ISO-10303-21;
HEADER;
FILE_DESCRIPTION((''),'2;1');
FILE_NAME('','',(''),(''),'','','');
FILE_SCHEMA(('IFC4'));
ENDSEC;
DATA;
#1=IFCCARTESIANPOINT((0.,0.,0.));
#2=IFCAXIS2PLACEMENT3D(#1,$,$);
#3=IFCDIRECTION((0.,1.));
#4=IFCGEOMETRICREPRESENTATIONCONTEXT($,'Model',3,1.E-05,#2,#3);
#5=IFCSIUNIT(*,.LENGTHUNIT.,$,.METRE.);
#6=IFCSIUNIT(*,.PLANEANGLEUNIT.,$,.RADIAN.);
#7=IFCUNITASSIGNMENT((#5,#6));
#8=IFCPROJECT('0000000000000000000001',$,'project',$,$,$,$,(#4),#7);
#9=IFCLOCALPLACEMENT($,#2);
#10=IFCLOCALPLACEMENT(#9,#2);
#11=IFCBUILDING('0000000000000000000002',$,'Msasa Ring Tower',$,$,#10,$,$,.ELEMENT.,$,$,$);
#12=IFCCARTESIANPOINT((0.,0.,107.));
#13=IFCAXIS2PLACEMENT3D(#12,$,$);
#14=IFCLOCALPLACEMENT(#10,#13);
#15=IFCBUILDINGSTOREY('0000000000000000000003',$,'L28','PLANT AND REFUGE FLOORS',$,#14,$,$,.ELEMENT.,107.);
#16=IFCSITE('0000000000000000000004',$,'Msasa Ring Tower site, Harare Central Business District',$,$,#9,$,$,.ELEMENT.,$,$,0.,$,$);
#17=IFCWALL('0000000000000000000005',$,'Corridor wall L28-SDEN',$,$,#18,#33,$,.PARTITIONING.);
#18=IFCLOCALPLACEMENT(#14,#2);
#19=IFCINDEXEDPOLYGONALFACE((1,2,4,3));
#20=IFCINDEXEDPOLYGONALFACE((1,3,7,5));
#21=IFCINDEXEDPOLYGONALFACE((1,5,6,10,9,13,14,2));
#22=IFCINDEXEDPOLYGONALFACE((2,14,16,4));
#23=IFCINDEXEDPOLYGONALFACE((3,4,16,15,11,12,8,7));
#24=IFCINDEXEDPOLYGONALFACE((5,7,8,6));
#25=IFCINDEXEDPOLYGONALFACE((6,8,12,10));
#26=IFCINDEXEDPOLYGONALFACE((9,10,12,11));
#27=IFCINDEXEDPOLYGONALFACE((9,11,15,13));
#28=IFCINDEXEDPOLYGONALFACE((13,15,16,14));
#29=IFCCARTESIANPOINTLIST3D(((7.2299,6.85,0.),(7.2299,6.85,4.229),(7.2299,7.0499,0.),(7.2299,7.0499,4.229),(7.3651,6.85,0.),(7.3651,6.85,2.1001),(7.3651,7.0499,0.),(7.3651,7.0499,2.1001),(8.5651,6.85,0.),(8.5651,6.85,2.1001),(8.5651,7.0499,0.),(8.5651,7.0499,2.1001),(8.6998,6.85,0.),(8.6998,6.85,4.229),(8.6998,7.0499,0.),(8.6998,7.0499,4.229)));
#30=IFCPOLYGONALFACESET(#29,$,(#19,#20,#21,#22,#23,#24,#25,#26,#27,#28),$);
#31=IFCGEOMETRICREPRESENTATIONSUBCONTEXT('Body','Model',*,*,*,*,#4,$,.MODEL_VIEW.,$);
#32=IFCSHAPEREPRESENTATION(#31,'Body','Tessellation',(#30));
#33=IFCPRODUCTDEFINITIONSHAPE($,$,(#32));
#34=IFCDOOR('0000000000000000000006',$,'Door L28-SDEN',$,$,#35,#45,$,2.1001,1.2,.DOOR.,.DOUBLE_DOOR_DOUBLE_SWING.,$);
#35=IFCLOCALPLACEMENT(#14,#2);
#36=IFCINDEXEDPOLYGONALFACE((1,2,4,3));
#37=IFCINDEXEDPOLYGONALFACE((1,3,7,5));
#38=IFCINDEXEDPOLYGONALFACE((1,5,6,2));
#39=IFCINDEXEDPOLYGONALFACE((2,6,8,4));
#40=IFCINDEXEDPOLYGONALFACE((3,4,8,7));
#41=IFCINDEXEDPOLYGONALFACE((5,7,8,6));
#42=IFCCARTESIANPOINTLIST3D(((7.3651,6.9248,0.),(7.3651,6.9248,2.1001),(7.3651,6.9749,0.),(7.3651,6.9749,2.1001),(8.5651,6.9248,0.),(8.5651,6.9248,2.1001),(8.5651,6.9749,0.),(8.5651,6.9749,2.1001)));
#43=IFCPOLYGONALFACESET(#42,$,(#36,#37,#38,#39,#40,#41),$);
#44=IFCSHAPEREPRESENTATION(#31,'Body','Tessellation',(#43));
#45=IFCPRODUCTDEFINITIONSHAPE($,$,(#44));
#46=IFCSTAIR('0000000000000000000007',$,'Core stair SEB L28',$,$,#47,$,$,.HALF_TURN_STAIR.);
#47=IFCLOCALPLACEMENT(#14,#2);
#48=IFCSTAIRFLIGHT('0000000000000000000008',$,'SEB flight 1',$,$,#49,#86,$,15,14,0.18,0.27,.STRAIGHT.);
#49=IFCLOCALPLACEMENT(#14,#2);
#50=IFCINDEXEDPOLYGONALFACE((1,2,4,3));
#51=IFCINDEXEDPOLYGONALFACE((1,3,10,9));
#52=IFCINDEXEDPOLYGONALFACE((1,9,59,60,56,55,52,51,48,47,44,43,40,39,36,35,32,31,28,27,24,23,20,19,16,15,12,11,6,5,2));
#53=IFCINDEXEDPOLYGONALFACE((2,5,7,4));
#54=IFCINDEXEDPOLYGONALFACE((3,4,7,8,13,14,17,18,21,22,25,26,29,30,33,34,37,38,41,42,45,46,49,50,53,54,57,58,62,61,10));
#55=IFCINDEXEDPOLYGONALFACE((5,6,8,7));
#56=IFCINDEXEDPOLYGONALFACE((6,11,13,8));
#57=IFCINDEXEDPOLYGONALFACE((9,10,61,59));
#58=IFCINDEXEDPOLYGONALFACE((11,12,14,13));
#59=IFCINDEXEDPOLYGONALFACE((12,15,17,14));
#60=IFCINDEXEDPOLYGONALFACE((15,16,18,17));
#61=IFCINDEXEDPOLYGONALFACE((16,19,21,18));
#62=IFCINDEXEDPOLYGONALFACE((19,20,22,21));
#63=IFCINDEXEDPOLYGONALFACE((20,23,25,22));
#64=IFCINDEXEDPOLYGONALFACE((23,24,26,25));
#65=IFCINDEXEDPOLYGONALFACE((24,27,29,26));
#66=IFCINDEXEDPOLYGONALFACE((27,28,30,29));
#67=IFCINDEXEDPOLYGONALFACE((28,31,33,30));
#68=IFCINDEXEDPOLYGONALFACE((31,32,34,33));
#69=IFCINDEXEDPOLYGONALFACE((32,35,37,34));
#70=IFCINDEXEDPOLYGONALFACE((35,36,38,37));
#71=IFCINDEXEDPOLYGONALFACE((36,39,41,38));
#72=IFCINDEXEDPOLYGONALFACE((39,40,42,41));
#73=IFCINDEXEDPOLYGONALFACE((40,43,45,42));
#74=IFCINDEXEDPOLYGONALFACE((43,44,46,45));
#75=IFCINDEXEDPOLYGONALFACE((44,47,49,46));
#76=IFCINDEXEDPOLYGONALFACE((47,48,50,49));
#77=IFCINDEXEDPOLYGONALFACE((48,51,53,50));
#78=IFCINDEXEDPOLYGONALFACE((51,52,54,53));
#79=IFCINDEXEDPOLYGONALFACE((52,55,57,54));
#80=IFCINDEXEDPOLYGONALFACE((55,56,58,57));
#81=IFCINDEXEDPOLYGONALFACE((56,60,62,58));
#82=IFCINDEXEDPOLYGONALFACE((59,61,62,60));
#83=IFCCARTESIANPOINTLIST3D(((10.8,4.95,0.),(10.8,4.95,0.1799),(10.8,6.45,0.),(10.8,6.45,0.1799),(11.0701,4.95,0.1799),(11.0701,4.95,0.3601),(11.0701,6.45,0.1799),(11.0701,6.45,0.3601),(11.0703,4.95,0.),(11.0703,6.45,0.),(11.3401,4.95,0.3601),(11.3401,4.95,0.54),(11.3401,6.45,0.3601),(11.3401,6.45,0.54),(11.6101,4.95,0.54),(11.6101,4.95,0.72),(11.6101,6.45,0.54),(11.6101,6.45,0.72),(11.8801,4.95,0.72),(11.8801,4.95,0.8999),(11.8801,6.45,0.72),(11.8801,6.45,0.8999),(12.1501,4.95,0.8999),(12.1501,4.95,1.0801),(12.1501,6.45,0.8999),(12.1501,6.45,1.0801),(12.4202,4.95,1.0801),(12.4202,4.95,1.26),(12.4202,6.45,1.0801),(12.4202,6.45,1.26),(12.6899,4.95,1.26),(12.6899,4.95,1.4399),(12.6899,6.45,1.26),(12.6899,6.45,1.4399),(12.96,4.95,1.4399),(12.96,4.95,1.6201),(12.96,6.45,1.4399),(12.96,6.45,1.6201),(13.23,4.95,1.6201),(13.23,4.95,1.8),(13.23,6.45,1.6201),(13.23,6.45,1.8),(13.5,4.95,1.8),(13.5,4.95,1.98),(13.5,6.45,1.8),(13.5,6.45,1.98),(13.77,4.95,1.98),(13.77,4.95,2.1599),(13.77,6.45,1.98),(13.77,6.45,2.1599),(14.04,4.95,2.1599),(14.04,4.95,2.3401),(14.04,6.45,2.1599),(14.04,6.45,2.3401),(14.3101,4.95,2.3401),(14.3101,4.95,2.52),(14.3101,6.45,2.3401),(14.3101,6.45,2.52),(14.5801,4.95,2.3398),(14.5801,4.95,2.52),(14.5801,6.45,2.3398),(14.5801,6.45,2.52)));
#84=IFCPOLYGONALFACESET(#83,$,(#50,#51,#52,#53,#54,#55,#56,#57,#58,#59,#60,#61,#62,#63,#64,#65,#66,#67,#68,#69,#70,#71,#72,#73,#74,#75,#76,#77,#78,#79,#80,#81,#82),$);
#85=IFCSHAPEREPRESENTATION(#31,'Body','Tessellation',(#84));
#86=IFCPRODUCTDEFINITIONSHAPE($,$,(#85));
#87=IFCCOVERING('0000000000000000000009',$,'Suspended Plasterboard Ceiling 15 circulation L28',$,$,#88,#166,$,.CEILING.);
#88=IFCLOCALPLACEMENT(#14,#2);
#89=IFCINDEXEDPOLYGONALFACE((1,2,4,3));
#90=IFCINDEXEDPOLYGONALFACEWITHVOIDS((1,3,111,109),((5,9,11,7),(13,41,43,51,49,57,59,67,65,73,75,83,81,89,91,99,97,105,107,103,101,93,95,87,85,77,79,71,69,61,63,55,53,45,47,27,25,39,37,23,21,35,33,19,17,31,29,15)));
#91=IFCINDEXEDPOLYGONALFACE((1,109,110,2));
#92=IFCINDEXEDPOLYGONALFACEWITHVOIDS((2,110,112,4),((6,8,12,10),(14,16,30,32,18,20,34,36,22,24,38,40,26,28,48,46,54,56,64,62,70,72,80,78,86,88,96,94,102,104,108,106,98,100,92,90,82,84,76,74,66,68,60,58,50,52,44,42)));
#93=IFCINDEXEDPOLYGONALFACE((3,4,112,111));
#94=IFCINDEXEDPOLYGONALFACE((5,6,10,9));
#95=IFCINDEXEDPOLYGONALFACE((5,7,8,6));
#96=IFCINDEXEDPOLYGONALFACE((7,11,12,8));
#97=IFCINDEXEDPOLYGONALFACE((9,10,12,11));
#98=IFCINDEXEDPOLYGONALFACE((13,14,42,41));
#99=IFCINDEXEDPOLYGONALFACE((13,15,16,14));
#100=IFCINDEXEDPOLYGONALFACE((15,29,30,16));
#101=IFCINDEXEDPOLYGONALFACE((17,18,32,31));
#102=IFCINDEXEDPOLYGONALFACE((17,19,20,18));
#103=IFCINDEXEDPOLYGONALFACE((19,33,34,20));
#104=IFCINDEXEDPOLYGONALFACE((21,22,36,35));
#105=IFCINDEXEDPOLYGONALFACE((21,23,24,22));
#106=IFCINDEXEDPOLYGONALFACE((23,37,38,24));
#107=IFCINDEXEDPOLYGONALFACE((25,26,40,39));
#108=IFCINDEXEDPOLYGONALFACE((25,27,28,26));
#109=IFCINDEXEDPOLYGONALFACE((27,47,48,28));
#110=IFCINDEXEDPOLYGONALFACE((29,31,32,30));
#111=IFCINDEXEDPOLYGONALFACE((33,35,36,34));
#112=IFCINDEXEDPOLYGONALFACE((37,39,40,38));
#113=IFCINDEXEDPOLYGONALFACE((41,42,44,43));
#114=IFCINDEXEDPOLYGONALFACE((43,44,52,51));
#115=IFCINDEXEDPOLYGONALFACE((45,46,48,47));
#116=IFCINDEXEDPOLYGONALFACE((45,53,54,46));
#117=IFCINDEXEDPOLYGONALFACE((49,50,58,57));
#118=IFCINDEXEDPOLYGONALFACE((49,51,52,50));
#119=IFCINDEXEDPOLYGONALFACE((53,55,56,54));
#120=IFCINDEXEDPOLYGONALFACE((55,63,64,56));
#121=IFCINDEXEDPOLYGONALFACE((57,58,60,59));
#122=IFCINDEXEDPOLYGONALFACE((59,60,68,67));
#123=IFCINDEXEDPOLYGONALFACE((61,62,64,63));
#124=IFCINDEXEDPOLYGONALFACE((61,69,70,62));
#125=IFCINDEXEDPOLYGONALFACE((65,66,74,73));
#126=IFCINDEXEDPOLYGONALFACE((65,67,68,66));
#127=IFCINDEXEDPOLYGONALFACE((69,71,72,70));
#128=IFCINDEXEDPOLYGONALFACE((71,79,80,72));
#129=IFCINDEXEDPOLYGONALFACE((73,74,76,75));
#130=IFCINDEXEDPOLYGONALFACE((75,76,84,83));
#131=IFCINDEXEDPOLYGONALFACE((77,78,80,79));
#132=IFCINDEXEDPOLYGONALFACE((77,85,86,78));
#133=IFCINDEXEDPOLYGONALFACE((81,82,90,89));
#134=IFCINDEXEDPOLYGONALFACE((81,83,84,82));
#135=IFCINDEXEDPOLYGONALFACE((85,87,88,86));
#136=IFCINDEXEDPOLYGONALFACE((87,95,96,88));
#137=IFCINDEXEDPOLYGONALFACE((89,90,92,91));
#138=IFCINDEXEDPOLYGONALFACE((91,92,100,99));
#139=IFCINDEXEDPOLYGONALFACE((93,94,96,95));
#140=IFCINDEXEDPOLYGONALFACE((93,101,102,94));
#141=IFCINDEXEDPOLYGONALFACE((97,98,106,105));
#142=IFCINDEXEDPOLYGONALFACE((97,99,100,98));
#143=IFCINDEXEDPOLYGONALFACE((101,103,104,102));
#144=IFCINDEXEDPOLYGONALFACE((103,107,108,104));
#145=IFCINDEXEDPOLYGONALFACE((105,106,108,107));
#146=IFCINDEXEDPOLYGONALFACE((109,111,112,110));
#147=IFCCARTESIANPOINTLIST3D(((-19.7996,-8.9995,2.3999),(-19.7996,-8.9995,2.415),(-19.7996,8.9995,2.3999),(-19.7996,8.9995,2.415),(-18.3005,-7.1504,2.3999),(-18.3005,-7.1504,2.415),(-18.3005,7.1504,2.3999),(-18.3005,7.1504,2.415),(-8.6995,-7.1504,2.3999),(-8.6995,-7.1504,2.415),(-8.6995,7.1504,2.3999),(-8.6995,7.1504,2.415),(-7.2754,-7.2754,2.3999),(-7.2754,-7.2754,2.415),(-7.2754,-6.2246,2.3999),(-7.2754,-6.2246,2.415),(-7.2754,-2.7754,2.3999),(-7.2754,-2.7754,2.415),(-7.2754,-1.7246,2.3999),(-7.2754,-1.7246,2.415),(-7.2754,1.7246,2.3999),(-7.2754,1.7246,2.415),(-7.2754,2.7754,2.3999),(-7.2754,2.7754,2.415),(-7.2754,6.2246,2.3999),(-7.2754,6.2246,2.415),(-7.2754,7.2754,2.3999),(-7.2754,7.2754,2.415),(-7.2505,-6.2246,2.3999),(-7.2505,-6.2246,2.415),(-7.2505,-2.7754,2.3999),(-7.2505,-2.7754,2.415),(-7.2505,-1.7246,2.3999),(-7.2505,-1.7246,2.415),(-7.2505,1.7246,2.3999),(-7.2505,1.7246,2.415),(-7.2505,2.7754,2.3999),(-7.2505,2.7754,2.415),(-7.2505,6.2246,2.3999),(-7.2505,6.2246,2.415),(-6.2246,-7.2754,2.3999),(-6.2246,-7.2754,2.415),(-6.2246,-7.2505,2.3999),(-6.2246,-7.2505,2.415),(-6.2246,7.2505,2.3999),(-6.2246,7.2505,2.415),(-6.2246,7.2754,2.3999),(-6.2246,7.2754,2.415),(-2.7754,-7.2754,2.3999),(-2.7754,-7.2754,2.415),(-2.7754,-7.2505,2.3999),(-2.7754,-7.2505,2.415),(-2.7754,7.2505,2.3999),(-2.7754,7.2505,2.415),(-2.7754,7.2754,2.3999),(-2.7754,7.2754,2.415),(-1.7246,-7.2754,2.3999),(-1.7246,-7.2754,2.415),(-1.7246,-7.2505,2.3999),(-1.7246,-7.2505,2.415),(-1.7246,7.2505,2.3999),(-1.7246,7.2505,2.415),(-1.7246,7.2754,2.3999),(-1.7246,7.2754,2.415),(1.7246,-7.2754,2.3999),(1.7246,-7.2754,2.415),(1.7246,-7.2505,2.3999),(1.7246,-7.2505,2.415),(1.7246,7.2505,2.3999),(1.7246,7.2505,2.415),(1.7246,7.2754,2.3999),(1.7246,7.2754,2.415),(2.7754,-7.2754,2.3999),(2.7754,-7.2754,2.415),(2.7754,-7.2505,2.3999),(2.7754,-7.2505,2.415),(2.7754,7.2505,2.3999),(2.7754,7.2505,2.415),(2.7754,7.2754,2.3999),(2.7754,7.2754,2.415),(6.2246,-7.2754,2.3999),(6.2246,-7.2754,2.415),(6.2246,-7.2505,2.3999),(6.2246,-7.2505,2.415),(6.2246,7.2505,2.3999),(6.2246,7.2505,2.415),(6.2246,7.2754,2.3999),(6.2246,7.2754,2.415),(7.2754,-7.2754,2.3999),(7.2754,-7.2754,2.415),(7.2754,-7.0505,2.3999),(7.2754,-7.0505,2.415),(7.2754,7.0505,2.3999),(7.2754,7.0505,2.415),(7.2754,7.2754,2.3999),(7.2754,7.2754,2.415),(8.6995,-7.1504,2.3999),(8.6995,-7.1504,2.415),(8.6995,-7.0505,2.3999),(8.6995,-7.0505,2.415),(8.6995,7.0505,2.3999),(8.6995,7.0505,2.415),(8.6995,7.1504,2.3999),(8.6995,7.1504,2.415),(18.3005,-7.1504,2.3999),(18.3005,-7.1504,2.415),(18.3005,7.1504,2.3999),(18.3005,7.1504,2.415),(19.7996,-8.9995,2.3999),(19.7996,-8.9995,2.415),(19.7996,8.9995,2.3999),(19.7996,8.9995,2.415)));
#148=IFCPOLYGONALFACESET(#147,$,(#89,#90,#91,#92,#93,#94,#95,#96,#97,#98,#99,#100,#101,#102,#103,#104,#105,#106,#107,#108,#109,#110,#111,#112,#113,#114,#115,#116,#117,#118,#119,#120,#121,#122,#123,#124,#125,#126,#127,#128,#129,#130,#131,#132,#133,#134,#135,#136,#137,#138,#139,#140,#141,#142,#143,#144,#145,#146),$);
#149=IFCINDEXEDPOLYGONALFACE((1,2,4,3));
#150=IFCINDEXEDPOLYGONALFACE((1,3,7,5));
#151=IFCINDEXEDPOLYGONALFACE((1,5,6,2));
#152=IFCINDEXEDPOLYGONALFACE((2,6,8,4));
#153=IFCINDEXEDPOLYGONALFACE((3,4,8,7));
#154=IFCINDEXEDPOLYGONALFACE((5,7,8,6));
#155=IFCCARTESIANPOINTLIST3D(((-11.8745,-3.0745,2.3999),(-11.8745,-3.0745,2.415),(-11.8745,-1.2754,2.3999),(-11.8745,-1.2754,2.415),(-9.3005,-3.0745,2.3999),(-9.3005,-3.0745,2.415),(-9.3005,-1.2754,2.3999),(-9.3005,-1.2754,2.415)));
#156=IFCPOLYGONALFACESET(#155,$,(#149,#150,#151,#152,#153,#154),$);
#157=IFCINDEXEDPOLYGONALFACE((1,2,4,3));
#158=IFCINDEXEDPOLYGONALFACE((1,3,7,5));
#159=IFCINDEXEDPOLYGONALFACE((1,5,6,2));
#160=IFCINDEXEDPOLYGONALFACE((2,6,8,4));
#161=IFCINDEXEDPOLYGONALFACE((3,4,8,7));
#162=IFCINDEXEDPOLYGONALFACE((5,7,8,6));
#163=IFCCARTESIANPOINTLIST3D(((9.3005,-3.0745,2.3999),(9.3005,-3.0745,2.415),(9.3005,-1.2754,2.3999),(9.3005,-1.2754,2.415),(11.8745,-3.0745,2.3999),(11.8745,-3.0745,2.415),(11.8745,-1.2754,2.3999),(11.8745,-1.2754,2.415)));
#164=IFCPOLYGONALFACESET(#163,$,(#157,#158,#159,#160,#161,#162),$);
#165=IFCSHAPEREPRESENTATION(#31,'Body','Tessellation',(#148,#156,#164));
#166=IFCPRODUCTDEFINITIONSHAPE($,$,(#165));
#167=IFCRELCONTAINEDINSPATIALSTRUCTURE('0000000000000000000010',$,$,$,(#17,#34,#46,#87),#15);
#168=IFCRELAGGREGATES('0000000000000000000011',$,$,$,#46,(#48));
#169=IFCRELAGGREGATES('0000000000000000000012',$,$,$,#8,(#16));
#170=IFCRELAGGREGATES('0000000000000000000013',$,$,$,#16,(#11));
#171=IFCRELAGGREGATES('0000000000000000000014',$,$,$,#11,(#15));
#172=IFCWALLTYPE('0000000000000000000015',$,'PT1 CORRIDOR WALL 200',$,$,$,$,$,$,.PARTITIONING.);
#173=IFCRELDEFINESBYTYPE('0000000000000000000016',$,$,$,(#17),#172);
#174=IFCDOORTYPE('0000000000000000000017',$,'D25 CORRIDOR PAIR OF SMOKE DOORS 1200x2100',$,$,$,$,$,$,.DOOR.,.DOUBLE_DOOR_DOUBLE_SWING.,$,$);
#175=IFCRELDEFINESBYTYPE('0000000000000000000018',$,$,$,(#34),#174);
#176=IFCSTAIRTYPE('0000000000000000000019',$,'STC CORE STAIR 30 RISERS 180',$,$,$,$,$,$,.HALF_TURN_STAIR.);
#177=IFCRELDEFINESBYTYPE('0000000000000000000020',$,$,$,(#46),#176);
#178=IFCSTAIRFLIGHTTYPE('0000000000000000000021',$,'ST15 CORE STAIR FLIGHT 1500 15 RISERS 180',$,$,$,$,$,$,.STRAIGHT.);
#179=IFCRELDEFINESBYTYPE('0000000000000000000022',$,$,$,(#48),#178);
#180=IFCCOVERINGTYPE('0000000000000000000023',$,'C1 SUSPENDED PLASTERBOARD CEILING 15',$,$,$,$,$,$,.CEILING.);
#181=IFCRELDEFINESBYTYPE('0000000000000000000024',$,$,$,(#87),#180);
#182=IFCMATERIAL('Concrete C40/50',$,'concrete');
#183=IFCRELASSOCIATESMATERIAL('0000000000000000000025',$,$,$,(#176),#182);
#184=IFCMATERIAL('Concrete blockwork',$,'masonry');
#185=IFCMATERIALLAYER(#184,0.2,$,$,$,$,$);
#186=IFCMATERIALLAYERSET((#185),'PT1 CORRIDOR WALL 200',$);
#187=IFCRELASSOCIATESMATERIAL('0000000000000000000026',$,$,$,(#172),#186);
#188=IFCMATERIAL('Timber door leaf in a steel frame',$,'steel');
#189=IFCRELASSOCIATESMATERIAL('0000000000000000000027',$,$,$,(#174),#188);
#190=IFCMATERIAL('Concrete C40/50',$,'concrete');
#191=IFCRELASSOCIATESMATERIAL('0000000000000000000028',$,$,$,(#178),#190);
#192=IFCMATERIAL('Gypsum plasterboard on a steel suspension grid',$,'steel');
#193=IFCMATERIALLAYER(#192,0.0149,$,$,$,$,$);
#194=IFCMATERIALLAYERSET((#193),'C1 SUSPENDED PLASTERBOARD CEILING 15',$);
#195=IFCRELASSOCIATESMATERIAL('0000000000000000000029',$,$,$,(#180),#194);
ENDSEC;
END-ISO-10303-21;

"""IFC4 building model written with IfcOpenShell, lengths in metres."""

from ifc_helpers import new_model, si_unit, direction, frame, frame_2d, origin, place, context, subcontext, project, spatial, polyline, line, indexed_curve, rectangle, outline, extrude, material, layer, layer_set, type_object, element, fill, aggregate, save


model = new_model("IFC4")

# Units and contexts
model_context = context("Model", 3, precision=1e-05, world=origin(), true_north=direction((0.0, 1.0)))
body_context = subcontext(model_context, "Body", "Model", "MODEL_VIEW")
ifc_project = project(units=[si_unit("LENGTHUNIT", "METRE"), si_unit("PLANEANGLEUNIT", "RADIAN")], contexts=[model_context])

# Site, building, storey
site_placement = place(None, origin())
site = spatial("IfcSite", under=ifc_project, at=site_placement, Name="Msasa Ring Tower site, Harare Central Business District", CompositionType="ELEMENT", RefElevation=0.0)
building_placement = place(site_placement, origin())
building = spatial("IfcBuilding", under=site, at=building_placement, Name="Msasa Ring Tower", CompositionType="ELEMENT")
storey_placement = place(building_placement, frame((0.0, 0.0, 107.0)))
storey = spatial("IfcBuildingStorey", under=building, at=storey_placement, Name="L28", Description="PLANT AND REFUGE FLOORS", CompositionType="ELEMENT", Elevation=107.0)

# Shared definitions
ifc_material_1 = material(Name="Concrete C40/50", Category="concrete")
stair_type = type_object("IfcStairType", Name="STC CORE STAIR 30 RISERS 180", PredefinedType="HALF_TURN_STAIR", material=ifc_material_1)

# Wall, opening, door
ifc_material_2 = material(Name="Concrete blockwork", Category="masonry")
ifc_layer_1 = layer(ifc_material_2, 0.2)
ifc_layer_set_1 = layer_set([ifc_layer_1], Name="PT1 CORRIDOR WALL 200")
wall_type_1 = type_object("IfcWallType", Name="PT1 CORRIDOR WALL 200", PredefinedType="PARTITIONING", material=ifc_layer_set_1)
wall_1_placement = place(storey_placement, frame((7.23, 6.95, 0.0), z_axis=(0.0, 0.0, 1.0), x_axis=(1.0, 0.0, 0.0)))
wall_1 = element("IfcWall", 1, at=wall_1_placement, inside=storey, type_object=wall_type_1, Name="Corridor wall L28-SDEN", PredefinedType="PARTITIONING", context=body_context, shape_type="SweptSolid", body=[
    extrude(rectangle(XDim=1.47, YDim=0.2, at=frame_2d((0.7349, 0.0))), origin(), (0.0, 0.0, 1.0), 4.229),
])
opening_placement = place(wall_1_placement, frame((0.135, 0.0, 0.0)))
opening = element("IfcOpeningElement", 2, at=opening_placement, cuts=wall_1, PredefinedType="OPENING", context=body_context, shape_type="SweptSolid", body=[
    extrude(rectangle(XDim=1.2, YDim=2.1001, at=frame_2d((0.6001, 1.05))), frame((0.0, 0.1099, 0.0), z_axis=(0.0, -1.0, 0.0), x_axis=(1.0, 0.0, 0.0)), (0.0, 0.0, 1.0), 0.22),
])
ifc_material_3 = material(Name="Timber door leaf in a steel frame", Category="steel")
door_type = type_object("IfcDoorType", Name="D25 CORRIDOR PAIR OF SMOKE DOORS 1200x2100", OperationType="DOUBLE_DOOR_DOUBLE_SWING", PredefinedType="DOOR", material=ifc_material_3)
door_placement = place(opening_placement, origin())
door = element("IfcDoor", 3, at=door_placement, inside=storey, type_object=door_type, Name="Door L28-SDEN", OperationType="DOUBLE_DOOR_DOUBLE_SWING", OverallHeight=2.1001, OverallWidth=1.2, PredefinedType="DOOR", context=body_context, shape_type="SweptSolid", body=[
    extrude(rectangle(XDim=1.2, YDim=2.1001, at=frame_2d((0.6001, 1.05))), frame((0.0, 0.0249, 0.0), z_axis=(0.0, -1.0, 0.0), x_axis=(1.0, 0.0, 0.0)), (0.0, 0.0, 1.0), 0.05),
])
fill(opening, door)

# Stair, stair flight
stair_1_placement = place(storey_placement, origin())
stair_1 = element("IfcStair", 4, at=stair_1_placement, inside=storey, type_object=stair_type, Name="Core stair SEB L28", PredefinedType="HALF_TURN_STAIR")
ifc_material_4 = material(Name="Concrete C40/50", Category="concrete")
stair_flight_type = type_object("IfcStairFlightType", Name="ST15 CORE STAIR FLIGHT 1500 15 RISERS 180", PredefinedType="STRAIGHT", material=ifc_material_4)
stair_flight_placement = place(storey_placement, frame((10.8, 5.7, 0.0), z_axis=(0.0, 0.0, 1.0), x_axis=(1.0, 0.0, 0.0)))
stair_flight = element("IfcStairFlight", 5, at=stair_flight_placement, type_object=stair_flight_type, Name="SEB flight 1", NumberOfRisers=15, NumberOfTreads=14, PredefinedType="STRAIGHT", RiserHeight=0.18, TreadLength=0.27, context=body_context, shape_type="SweptSolid", body=[
    extrude(outline(polyline([(0.0, 0.0), (0.0, 0.1799), (0.27, 0.1799), (0.27, 0.3601), (0.54, 0.3601), (0.54, 0.54), (0.8101, 0.54), (0.8101, 0.72), (1.0801, 0.72), (1.0801, 0.8999), (1.3501, 0.8999), (1.3501, 1.0801), (1.6201, 1.0801), (1.6201, 1.26), (1.8899, 1.26), (1.8899, 1.4399), (2.1599, 1.4399), (2.1599, 1.6201), (2.4299, 1.6201), (2.4299, 1.8), (2.7, 1.8), (2.7, 1.98), (2.97, 1.98), (2.97, 2.1599), (3.24, 2.1599), (3.24, 2.3401), (3.51, 2.3401), (3.51, 2.52), (3.78, 2.52), (3.78, 2.7), (3.78, 2.3398), (0.2703, 0.0), (0.0, 0.0)])), frame((0.0, 0.75, 0.0), z_axis=(0.0, -1.0, 0.0), x_axis=(1.0, 0.0, 0.0)), (0.0, 0.0, 1.0), 1.5),
])
aggregate(stair_1, [stair_flight])

# Covering
ifc_material_5 = material(Name="Gypsum plasterboard on a steel suspension grid", Category="steel")
ifc_layer_2 = layer(ifc_material_5, 0.0149)
ifc_layer_set_2 = layer_set([ifc_layer_2], Name="C1 SUSPENDED PLASTERBOARD CEILING 15")
covering_type_1 = type_object("IfcCoveringType", Name="C1 SUSPENDED PLASTERBOARD CEILING 15", PredefinedType="CEILING", material=ifc_layer_set_2)
covering_1_placement = place(storey_placement, frame((0.0, 0.0, 2.3999)))
element("IfcCovering", 6, at=covering_1_placement, inside=storey, type_object=covering_type_1, Name="Suspended Plasterboard Ceiling 15 circulation L28", PredefinedType="CEILING", context=body_context, shape_type="SweptSolid", body=[
    extrude(outline(indexed_curve([(-19.7996, -8.9995), (-19.7996, 8.9995), (19.7996, 8.9995), (19.7996, -8.9995)], segments=[line(1, 2, 3, 4, 1)], self_intersect=False), holes=[indexed_curve([(8.6995, 7.0505), (7.2754, 7.0505), (7.2754, 7.2754), (6.2246, 7.2754), (6.2246, 7.2505), (2.7754, 7.2505), (2.7754, 7.2754), (1.7246, 7.2754), (1.7246, 7.2505), (-1.7246, 7.2505), (-1.7246, 7.2754), (-2.7754, 7.2754), (-2.7754, 7.2505), (-6.2246, 7.2505), (-6.2246, 7.2754), (-7.2754, 7.2754), (-7.2754, 6.2246), (-7.2505, 6.2246), (-7.2505, 2.7754), (-7.2754, 2.7754), (-7.2754, 1.7246), (-7.2505, 1.7246), (-7.2505, -1.7246), (-7.2754, -1.7246), (-7.2754, -2.7754), (-7.2505, -2.7754), (-7.2505, -6.2246), (-7.2754, -6.2246), (-7.2754, -7.2754), (-6.2246, -7.2754), (-6.2246, -7.2505), (-2.7754, -7.2505), (-2.7754, -7.2754), (-1.7246, -7.2754), (-1.7246, -7.2505), (1.7246, -7.2505), (1.7246, -7.2754), (2.7754, -7.2754), (2.7754, -7.2505), (6.2246, -7.2505), (6.2246, -7.2754), (7.2754, -7.2754), (7.2754, -7.0505), (8.6995, -7.0505), (8.6995, -7.1504), (18.3005, -7.1504), (18.3005, 7.1504), (8.6995, 7.1504)], segments=[line(1, 2, 3, 4, 5, 6, 7, 8, 9, 10, 11, 12, 13, 14, 15, 16, 17, 18, 19, 20, 21, 22, 23, 24, 25, 26, 27, 28, 29, 30, 31, 32, 33, 34, 35, 36, 37, 38, 39, 40, 41, 42, 43, 44, 45, 46, 47, 48, 1)], self_intersect=False), indexed_curve([(-18.3005, 7.1504), (-18.3005, -7.1504), (-8.6995, -7.1504), (-8.6995, 7.1504)], segments=[line(1, 2, 3, 4, 1)], self_intersect=False)]), origin(), (0.0, 0.0, 1.0), 0.0151),
    extrude(outline(indexed_curve([(-9.3005, -1.2754), (-9.3005, -3.0745), (-11.8745, -3.0745), (-11.8745, -1.2754)], segments=[line(1, 2, 3, 4, 1)], self_intersect=False)), origin(), (0.0, 0.0, 1.0), 0.0151),
    extrude(outline(indexed_curve([(11.8745, -3.0745), (9.3005, -3.0745), (9.3005, -1.2754), (11.8745, -1.2754)], segments=[line(1, 2, 3, 4, 1)], self_intersect=False)), origin(), (0.0, 0.0, 1.0), 0.0151),
])

save(model, "model.ifc")
